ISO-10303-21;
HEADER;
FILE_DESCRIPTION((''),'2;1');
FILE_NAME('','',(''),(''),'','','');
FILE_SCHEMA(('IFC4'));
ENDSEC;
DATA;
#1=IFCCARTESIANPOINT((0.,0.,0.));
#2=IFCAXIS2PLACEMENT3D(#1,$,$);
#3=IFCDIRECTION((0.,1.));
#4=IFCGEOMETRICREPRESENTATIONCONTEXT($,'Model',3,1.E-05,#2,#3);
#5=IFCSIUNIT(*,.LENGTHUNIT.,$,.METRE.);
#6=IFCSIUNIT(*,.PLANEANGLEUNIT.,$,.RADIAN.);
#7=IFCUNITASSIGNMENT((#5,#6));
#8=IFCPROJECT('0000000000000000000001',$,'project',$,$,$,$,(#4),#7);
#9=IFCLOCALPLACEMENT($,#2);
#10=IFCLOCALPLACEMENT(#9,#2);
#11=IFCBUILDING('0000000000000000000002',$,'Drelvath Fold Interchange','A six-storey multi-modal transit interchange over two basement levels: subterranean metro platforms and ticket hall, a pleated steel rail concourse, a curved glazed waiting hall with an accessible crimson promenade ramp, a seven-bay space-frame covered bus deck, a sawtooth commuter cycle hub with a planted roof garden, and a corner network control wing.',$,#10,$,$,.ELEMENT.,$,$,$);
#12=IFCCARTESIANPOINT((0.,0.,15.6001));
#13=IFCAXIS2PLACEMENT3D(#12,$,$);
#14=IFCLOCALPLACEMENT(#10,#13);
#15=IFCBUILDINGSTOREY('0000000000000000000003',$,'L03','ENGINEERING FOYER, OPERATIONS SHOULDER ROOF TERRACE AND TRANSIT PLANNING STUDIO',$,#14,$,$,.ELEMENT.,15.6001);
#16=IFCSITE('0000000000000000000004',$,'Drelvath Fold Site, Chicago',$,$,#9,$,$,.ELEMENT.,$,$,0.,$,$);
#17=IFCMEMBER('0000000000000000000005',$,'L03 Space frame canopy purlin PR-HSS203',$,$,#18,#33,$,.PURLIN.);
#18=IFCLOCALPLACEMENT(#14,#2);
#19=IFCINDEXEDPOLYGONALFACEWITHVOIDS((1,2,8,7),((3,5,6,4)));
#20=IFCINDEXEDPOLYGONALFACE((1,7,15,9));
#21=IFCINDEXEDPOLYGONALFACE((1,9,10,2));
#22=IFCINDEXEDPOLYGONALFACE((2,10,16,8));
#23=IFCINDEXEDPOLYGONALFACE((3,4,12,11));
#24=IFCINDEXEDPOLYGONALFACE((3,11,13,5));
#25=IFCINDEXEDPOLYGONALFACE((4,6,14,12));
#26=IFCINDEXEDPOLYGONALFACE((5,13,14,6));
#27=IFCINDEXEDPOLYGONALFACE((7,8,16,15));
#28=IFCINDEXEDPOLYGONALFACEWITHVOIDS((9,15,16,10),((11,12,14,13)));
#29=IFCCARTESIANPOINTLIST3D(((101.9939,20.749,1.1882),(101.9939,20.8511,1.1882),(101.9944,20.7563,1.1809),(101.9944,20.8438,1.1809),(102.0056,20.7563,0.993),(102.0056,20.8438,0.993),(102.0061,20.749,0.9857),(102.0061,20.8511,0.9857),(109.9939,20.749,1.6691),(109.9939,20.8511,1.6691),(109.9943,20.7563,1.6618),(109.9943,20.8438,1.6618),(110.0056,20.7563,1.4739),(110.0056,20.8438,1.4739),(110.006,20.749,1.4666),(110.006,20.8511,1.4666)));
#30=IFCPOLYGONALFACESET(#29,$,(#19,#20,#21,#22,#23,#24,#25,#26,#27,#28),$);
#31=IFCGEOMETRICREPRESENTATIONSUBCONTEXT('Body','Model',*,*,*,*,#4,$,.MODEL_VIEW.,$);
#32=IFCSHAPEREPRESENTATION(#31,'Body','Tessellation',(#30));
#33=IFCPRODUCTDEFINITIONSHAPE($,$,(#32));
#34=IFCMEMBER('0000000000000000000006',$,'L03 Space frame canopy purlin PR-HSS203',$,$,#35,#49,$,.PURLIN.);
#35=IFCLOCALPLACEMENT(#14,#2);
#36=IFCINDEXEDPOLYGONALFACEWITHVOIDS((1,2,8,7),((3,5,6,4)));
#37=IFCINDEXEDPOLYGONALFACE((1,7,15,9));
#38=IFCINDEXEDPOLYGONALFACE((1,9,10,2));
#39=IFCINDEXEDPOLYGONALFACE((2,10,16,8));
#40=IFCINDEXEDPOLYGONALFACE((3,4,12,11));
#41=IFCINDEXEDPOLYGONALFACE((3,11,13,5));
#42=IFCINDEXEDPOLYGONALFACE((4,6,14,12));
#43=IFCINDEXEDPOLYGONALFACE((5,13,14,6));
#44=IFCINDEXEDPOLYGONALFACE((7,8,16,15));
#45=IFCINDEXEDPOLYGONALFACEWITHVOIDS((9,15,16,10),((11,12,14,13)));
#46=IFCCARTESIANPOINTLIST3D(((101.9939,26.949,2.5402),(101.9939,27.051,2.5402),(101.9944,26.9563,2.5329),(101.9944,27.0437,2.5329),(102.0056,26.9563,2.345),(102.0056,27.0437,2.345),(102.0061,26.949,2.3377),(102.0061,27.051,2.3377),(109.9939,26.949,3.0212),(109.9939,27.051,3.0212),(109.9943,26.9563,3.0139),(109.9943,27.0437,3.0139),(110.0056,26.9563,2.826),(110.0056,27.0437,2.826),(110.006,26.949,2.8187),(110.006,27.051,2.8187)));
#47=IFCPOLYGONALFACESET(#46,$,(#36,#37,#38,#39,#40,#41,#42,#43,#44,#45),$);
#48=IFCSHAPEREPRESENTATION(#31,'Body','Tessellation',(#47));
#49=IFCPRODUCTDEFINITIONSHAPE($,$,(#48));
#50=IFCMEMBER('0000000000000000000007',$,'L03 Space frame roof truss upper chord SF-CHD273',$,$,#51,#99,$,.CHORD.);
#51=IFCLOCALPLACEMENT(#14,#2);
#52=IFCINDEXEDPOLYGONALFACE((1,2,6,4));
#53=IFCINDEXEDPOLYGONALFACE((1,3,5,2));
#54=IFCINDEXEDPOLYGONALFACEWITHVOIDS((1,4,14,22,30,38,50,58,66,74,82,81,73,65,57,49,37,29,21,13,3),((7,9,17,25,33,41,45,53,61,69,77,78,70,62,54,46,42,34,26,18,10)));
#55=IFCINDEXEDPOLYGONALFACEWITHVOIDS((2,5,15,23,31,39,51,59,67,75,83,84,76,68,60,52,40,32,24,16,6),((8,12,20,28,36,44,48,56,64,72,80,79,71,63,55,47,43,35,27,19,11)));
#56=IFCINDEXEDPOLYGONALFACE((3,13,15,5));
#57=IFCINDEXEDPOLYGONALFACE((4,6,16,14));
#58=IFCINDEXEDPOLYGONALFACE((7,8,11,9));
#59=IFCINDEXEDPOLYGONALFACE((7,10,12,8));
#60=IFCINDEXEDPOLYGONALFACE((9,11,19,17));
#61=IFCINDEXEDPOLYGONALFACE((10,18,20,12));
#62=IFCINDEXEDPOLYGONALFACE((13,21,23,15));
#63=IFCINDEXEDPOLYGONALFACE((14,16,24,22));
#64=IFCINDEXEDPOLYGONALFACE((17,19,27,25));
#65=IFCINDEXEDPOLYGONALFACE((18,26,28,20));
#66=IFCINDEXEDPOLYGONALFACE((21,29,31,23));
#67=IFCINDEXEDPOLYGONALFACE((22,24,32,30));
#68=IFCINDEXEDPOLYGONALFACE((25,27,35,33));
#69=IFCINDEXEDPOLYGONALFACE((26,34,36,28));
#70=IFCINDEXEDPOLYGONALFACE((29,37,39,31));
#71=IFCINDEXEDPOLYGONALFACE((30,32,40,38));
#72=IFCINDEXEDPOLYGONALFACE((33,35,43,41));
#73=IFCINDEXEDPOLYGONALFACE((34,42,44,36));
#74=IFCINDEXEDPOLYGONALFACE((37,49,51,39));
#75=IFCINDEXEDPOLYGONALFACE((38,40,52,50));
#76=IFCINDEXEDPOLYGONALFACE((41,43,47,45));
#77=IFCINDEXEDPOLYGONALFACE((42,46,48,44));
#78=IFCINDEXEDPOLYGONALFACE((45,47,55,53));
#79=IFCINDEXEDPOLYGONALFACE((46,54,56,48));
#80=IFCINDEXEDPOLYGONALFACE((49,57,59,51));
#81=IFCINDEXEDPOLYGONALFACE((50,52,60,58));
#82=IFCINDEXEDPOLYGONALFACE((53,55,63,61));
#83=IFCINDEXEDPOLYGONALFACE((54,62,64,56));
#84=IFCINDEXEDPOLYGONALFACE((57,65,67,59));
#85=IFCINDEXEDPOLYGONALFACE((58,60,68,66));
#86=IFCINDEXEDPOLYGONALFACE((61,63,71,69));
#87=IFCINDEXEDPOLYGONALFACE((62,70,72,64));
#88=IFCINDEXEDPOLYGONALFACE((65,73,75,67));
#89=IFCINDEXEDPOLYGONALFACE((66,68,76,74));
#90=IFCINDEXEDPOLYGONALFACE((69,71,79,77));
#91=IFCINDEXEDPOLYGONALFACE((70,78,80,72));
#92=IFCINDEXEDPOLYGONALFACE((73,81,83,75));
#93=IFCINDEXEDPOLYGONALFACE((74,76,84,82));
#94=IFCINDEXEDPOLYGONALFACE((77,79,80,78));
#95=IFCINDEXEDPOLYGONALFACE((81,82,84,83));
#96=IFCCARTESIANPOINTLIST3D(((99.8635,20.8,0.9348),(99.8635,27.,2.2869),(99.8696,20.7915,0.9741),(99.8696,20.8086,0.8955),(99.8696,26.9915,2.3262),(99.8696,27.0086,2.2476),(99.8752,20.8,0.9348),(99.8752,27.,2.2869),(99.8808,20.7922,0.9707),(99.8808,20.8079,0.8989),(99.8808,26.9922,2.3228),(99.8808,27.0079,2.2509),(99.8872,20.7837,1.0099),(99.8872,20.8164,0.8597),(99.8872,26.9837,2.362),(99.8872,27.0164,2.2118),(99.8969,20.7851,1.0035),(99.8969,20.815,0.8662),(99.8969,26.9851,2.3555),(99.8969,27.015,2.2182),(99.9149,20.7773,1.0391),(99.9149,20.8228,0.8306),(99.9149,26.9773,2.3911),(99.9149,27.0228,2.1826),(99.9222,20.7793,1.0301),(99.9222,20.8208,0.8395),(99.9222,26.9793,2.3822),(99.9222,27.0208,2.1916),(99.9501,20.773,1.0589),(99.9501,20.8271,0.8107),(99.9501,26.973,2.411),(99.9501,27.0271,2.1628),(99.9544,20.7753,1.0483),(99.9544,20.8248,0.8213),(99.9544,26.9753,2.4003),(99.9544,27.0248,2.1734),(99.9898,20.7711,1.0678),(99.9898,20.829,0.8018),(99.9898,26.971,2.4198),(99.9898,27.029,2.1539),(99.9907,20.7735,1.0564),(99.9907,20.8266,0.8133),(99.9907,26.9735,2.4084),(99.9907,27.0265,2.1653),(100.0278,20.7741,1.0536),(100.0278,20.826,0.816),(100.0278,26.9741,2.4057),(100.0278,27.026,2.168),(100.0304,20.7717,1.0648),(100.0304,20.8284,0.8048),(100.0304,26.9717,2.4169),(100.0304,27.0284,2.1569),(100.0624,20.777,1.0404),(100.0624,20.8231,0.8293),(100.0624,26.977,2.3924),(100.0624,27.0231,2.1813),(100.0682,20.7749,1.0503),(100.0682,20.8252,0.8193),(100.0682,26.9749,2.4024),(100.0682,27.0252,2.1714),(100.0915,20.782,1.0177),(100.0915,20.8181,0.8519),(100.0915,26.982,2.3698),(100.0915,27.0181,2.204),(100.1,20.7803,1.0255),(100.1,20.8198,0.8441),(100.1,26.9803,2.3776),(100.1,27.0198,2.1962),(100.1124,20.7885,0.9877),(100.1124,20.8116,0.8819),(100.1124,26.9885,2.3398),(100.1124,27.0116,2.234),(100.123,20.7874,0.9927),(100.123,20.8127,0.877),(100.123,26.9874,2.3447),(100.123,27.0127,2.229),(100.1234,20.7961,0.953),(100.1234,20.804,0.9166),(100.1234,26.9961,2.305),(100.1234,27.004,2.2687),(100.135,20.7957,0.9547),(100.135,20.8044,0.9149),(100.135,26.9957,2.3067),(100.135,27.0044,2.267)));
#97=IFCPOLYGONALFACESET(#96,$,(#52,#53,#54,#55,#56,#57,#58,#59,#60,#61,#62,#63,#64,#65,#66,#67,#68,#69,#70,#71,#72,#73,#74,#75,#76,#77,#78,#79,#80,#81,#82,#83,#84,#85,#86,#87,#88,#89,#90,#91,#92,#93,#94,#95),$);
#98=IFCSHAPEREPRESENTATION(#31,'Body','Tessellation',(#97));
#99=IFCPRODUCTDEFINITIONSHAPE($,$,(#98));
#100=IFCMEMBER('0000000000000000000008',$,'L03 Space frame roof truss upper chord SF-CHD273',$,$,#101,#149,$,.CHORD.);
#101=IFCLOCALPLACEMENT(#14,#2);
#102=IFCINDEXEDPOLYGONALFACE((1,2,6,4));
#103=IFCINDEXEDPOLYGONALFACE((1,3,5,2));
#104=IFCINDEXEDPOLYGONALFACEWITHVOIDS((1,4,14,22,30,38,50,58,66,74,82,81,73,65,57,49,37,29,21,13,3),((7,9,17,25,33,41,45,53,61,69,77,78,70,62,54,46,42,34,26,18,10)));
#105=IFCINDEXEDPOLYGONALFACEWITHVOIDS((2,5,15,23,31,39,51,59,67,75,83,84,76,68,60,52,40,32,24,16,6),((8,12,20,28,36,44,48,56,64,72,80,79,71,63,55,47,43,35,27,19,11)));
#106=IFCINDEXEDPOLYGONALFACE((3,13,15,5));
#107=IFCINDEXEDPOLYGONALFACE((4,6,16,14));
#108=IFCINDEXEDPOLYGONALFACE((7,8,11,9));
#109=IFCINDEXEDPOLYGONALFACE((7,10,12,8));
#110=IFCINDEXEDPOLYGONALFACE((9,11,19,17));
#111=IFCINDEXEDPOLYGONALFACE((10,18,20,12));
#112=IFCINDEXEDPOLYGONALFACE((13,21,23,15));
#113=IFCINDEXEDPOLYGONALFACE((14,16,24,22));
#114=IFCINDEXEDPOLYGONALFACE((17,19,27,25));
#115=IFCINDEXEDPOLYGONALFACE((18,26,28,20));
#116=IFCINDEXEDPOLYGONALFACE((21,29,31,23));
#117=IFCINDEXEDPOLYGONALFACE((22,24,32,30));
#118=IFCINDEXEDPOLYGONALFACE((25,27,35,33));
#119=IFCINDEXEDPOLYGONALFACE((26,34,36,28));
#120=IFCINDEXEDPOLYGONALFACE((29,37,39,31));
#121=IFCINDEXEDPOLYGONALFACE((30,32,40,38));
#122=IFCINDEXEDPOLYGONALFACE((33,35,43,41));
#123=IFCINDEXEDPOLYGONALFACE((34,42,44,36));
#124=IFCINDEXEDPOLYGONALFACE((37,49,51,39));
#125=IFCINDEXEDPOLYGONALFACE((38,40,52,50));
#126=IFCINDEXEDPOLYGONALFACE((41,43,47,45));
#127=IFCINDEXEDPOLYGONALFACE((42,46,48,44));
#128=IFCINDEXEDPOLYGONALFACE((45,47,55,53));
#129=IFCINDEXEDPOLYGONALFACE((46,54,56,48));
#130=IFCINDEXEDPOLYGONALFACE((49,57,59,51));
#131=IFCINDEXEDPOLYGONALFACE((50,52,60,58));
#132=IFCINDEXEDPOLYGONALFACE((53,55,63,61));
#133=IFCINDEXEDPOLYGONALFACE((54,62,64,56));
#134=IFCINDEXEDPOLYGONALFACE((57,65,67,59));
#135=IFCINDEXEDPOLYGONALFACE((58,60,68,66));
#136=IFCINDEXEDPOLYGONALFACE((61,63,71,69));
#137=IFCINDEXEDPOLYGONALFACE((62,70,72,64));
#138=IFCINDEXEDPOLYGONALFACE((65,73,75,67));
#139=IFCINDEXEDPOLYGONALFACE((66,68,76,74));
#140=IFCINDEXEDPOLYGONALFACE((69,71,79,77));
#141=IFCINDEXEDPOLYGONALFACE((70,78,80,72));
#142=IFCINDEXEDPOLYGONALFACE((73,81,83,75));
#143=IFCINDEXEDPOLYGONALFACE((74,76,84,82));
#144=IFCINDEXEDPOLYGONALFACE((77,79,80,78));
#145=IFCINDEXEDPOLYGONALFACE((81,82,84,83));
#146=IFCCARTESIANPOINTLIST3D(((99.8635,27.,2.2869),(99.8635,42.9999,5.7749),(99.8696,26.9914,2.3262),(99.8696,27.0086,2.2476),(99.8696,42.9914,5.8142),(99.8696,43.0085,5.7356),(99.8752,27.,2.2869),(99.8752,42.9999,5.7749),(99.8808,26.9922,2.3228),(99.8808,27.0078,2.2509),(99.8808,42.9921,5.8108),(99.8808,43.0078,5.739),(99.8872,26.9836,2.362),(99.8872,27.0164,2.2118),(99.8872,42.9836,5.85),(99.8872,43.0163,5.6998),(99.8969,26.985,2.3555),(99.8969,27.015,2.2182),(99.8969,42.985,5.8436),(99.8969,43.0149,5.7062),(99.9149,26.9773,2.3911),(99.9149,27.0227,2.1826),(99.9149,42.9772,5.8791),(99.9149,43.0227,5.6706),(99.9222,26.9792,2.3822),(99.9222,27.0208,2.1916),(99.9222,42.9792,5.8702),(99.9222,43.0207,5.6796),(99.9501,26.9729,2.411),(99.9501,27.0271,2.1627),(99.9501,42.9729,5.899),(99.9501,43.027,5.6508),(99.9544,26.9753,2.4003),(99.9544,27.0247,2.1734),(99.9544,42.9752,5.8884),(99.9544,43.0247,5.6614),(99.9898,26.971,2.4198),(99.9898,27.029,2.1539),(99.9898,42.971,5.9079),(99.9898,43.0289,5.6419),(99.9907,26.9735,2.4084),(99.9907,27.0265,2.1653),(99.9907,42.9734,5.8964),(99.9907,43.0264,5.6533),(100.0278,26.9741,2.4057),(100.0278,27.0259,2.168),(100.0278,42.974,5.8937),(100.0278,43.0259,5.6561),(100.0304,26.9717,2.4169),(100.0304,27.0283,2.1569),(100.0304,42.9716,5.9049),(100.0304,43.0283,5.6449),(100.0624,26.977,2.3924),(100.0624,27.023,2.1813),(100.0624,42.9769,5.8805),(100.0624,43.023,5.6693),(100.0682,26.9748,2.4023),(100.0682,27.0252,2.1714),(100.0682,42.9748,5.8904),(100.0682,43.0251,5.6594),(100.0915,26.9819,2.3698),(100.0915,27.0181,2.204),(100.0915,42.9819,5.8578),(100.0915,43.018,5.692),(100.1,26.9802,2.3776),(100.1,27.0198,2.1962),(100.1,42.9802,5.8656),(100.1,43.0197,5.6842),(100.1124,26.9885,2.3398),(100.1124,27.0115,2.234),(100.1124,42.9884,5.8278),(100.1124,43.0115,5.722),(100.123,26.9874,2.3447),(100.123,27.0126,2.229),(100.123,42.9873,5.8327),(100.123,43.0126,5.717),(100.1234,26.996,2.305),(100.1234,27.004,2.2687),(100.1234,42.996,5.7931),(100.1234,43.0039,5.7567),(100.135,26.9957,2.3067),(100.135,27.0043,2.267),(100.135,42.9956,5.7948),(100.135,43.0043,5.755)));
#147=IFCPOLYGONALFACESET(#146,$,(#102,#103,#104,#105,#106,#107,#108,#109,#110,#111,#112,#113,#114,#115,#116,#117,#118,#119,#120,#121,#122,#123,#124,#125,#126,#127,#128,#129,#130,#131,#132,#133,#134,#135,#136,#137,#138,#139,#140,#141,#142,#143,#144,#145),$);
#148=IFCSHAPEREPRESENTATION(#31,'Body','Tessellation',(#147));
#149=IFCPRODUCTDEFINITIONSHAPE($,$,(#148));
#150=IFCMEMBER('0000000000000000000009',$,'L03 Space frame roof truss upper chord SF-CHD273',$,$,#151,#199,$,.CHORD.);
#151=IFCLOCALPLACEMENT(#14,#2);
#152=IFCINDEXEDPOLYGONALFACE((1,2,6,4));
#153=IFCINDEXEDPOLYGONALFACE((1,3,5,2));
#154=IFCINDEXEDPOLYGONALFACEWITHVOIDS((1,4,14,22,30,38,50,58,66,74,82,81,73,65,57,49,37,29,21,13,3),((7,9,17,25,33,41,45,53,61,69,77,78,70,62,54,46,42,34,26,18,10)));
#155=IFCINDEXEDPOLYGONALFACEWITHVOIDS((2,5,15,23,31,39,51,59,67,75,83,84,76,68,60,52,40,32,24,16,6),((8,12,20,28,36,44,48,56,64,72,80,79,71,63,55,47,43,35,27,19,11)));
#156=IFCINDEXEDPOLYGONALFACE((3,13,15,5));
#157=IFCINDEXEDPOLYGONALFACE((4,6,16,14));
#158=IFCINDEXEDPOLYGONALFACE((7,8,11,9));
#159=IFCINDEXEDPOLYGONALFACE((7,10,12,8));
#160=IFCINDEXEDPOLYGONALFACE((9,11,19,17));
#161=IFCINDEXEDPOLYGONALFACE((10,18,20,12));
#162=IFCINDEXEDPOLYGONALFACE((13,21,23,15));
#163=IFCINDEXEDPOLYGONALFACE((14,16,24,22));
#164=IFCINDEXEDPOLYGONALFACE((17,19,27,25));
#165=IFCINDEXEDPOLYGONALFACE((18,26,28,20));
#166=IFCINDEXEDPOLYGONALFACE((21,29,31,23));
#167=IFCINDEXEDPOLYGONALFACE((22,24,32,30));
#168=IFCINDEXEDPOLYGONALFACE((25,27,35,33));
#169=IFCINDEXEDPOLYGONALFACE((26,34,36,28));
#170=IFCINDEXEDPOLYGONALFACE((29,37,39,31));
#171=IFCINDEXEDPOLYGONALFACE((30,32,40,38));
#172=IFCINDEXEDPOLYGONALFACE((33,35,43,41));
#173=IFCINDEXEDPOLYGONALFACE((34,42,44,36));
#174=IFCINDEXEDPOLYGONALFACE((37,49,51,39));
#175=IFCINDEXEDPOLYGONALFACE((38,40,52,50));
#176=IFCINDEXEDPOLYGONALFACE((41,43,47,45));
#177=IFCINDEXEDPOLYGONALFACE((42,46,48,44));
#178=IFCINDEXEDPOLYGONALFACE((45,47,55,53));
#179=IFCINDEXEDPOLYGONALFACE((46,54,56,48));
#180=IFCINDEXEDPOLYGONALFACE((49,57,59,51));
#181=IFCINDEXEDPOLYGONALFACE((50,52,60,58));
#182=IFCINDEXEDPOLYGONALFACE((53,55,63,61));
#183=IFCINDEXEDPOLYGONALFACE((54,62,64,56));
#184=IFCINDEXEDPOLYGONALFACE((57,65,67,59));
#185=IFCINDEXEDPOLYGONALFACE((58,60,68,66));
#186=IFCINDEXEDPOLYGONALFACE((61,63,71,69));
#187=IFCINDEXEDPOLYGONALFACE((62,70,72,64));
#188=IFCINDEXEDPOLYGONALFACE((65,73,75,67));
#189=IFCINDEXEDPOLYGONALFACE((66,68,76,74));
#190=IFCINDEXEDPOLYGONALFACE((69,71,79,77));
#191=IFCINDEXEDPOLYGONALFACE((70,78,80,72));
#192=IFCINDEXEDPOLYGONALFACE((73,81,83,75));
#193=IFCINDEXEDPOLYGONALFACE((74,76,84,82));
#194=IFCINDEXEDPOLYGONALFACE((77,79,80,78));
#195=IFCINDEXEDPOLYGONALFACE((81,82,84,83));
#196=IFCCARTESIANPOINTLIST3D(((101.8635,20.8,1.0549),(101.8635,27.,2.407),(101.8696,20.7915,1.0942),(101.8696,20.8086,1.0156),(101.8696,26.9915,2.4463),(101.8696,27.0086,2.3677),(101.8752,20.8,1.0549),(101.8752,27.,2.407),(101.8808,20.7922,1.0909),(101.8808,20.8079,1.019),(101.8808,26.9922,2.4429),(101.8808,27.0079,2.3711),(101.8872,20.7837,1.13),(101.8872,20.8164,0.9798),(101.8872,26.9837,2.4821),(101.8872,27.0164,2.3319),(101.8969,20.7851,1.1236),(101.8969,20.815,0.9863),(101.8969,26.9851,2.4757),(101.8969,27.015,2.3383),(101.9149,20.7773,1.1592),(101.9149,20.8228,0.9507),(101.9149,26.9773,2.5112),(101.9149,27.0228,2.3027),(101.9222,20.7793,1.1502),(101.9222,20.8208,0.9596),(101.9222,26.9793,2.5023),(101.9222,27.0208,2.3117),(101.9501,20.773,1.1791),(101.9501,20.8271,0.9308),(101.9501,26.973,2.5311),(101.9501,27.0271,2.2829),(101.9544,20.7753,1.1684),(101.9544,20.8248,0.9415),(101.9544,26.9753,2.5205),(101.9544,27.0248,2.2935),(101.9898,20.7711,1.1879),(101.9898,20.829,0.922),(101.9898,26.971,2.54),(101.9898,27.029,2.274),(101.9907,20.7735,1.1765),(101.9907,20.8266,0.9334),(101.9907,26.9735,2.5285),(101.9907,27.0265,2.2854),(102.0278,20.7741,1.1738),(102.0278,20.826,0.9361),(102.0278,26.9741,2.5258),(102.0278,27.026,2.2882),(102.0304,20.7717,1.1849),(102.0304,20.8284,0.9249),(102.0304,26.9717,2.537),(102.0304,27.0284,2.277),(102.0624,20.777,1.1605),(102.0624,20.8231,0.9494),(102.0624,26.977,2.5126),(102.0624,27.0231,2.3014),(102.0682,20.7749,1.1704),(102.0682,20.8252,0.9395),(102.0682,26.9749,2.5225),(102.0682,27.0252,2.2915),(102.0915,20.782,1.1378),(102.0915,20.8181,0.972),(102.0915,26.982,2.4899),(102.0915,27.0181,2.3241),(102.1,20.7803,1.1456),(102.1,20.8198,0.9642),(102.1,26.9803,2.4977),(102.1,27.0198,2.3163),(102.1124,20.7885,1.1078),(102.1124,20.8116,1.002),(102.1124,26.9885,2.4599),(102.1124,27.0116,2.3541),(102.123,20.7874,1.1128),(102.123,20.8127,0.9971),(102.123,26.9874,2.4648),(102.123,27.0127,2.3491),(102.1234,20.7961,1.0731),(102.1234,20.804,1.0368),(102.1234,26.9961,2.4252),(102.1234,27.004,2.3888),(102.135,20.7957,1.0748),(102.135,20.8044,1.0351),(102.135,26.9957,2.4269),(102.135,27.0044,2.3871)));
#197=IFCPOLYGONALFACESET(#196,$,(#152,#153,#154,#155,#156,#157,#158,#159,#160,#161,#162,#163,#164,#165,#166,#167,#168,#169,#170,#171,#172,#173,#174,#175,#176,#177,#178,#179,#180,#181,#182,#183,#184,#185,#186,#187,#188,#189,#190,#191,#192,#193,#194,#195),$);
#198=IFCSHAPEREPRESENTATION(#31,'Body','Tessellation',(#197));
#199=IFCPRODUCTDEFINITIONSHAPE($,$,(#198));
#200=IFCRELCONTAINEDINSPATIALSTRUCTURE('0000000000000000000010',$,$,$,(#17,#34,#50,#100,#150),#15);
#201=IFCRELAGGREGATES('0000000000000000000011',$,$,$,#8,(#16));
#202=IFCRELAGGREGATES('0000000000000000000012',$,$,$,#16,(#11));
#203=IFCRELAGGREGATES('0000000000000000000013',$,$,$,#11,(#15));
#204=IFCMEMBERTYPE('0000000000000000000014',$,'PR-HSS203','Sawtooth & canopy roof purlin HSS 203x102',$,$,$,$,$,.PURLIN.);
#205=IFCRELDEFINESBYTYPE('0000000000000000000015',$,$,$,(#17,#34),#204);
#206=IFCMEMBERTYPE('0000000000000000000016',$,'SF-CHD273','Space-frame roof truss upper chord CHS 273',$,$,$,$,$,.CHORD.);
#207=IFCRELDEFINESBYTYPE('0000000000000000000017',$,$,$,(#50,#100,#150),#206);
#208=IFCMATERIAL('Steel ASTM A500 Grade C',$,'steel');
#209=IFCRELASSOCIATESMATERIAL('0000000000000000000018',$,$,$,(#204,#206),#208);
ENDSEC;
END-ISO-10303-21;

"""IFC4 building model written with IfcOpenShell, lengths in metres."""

from ifc_helpers import new_model, si_unit, direction, frame, origin, origin_2d, place, context, subcontext, project, spatial, hollow_rectangle, hollow_circle, extrude, material, material_profile, profile_set, type_object, element, save


model = new_model("IFC4")

# Units and contexts
model_context = context("Model", 3, precision=1e-05, world=origin(), true_north=direction((0.0, 1.0)))
body_context = subcontext(model_context, "Body", "Model", "MODEL_VIEW")
ifc_project = project(units=[si_unit("LENGTHUNIT", "METRE"), si_unit("PLANEANGLEUNIT", "RADIAN")], contexts=[model_context])

# Site, building, storey
site_placement = place(None, origin())
site = spatial("IfcSite", under=ifc_project, at=site_placement, Name="Drelvath Fold Site, Chicago", CompositionType="ELEMENT", RefElevation=0.0)
building_placement = place(site_placement, origin())
building = spatial("IfcBuilding", under=site, at=building_placement, Name="Drelvath Fold Interchange", Description="A six-storey multi-modal transit interchange over two basement levels: subterranean metro platforms and ticket hall, a pleated steel rail concourse, a curved glazed waiting hall with an accessible crimson promenade ramp, a seven-bay space-frame covered bus deck, a sawtooth commuter cycle hub with a planted roof garden, and a corner network control wing.", CompositionType="ELEMENT")
storey_placement = place(building_placement, frame((0.0, 0.0, 15.6001)))
storey = spatial("IfcBuildingStorey", under=building, at=storey_placement, Name="L03", Description="ENGINEERING FOYER, OPERATIONS SHOULDER ROOF TERRACE AND TRANSIT PLANNING STUDIO", CompositionType="ELEMENT", Elevation=15.6001)

# Members
ifc_material_1 = material(Name="Steel ASTM A500 Grade C", Category="steel")
ifc_material_profile_1 = material_profile(ifc_material_1, hollow_rectangle(XDim=0.1021, YDim=0.2029, WallThickness=0.0073, at=origin_2d()), Name="HSS8X4X5/16")
ifc_profile_set_1 = profile_set([ifc_material_profile_1], Name="Steel ASTM A500 Grade C")
member_type_1 = type_object("IfcMemberType", Name="PR-HSS203", Description="Sawtooth & canopy roof purlin HSS 203x102", PredefinedType="PURLIN", material=ifc_profile_set_1)
for number, where, z_axis, x_axis, name in (
    (1, (102.0, 20.8, 1.0869), (0.998198, 0.0, 0.060011), (0.0, 1.0, 0.0), "L03 Space frame canopy purlin PR-HSS203"),
    (2, (102.0, 27.0, 2.439), (0.998198, 0.0, 0.060011), (0.0, 1.0, 0.0), "L03 Space frame canopy purlin PR-HSS203"),
):
    element("IfcMember", number, at=place(storey_placement, frame(where, z_axis=z_axis, x_axis=x_axis)), inside=storey, type_object=member_type_1, Name=name, PredefinedType="PURLIN", context=body_context, shape_type="SweptSolid", body=[
        extrude(hollow_rectangle(XDim=0.1021, YDim=0.2029, WallThickness=0.0073, at=origin_2d()), origin(), (0.0, 0.0, 1.0), 8.0144),
    ])
ifc_material_profile_2 = material_profile(ifc_material_1, hollow_circle(Radius=0.1365, WallThickness=0.0117, at=origin_2d()), Name="HSS10.750X0.500")
ifc_profile_set_2 = profile_set([ifc_material_profile_2], Name="Steel ASTM A500 Grade C")
member_type_2 = type_object("IfcMemberType", Name="SF-CHD273", Description="Space-frame roof truss upper chord CHS 273", PredefinedType="CHORD", material=ifc_profile_set_2)
member_1_placement = place(storey_placement, frame((100.0, 20.8, 0.9348), z_axis=(0.0, 0.977038, 0.213067), x_axis=(-1.0, 0.0, 0.0)))
element("IfcMember", 3, at=member_1_placement, inside=storey, type_object=member_type_2, Name="L03 Space frame roof truss upper chord SF-CHD273", PredefinedType="CHORD", context=body_context, shape_type="SweptSolid", body=[
    extrude(hollow_circle(Radius=0.1365, WallThickness=0.0117, at=origin_2d()), origin(), (0.0, 0.0, 1.0), 6.3457),
])
member_2_placement = place(storey_placement, frame((100.0, 27.0, 2.2869), z_axis=(0.0, 0.977052, 0.213), x_axis=(-1.0, 0.0, 0.0)))
element("IfcMember", 4, at=member_2_placement, inside=storey, type_object=member_type_2, Name="L03 Space frame roof truss upper chord SF-CHD273", PredefinedType="CHORD", context=body_context, shape_type="SweptSolid", body=[
    extrude(hollow_circle(Radius=0.1365, WallThickness=0.0117, at=origin_2d()), origin(), (0.0, 0.0, 1.0), 16.3757),
])
member_3_placement = place(storey_placement, frame((102.0, 20.8, 1.0549), z_axis=(0.0, 0.977038, 0.213067), x_axis=(-1.0, 0.0, 0.0)))
element("IfcMember", 5, at=member_3_placement, inside=storey, type_object=member_type_2, Name="L03 Space frame roof truss upper chord SF-CHD273", PredefinedType="CHORD", context=body_context, shape_type="SweptSolid", body=[
    extrude(hollow_circle(Radius=0.1365, WallThickness=0.0117, at=origin_2d()), origin(), (0.0, 0.0, 1.0), 6.3457),
])

save(model, "model.ifc")
